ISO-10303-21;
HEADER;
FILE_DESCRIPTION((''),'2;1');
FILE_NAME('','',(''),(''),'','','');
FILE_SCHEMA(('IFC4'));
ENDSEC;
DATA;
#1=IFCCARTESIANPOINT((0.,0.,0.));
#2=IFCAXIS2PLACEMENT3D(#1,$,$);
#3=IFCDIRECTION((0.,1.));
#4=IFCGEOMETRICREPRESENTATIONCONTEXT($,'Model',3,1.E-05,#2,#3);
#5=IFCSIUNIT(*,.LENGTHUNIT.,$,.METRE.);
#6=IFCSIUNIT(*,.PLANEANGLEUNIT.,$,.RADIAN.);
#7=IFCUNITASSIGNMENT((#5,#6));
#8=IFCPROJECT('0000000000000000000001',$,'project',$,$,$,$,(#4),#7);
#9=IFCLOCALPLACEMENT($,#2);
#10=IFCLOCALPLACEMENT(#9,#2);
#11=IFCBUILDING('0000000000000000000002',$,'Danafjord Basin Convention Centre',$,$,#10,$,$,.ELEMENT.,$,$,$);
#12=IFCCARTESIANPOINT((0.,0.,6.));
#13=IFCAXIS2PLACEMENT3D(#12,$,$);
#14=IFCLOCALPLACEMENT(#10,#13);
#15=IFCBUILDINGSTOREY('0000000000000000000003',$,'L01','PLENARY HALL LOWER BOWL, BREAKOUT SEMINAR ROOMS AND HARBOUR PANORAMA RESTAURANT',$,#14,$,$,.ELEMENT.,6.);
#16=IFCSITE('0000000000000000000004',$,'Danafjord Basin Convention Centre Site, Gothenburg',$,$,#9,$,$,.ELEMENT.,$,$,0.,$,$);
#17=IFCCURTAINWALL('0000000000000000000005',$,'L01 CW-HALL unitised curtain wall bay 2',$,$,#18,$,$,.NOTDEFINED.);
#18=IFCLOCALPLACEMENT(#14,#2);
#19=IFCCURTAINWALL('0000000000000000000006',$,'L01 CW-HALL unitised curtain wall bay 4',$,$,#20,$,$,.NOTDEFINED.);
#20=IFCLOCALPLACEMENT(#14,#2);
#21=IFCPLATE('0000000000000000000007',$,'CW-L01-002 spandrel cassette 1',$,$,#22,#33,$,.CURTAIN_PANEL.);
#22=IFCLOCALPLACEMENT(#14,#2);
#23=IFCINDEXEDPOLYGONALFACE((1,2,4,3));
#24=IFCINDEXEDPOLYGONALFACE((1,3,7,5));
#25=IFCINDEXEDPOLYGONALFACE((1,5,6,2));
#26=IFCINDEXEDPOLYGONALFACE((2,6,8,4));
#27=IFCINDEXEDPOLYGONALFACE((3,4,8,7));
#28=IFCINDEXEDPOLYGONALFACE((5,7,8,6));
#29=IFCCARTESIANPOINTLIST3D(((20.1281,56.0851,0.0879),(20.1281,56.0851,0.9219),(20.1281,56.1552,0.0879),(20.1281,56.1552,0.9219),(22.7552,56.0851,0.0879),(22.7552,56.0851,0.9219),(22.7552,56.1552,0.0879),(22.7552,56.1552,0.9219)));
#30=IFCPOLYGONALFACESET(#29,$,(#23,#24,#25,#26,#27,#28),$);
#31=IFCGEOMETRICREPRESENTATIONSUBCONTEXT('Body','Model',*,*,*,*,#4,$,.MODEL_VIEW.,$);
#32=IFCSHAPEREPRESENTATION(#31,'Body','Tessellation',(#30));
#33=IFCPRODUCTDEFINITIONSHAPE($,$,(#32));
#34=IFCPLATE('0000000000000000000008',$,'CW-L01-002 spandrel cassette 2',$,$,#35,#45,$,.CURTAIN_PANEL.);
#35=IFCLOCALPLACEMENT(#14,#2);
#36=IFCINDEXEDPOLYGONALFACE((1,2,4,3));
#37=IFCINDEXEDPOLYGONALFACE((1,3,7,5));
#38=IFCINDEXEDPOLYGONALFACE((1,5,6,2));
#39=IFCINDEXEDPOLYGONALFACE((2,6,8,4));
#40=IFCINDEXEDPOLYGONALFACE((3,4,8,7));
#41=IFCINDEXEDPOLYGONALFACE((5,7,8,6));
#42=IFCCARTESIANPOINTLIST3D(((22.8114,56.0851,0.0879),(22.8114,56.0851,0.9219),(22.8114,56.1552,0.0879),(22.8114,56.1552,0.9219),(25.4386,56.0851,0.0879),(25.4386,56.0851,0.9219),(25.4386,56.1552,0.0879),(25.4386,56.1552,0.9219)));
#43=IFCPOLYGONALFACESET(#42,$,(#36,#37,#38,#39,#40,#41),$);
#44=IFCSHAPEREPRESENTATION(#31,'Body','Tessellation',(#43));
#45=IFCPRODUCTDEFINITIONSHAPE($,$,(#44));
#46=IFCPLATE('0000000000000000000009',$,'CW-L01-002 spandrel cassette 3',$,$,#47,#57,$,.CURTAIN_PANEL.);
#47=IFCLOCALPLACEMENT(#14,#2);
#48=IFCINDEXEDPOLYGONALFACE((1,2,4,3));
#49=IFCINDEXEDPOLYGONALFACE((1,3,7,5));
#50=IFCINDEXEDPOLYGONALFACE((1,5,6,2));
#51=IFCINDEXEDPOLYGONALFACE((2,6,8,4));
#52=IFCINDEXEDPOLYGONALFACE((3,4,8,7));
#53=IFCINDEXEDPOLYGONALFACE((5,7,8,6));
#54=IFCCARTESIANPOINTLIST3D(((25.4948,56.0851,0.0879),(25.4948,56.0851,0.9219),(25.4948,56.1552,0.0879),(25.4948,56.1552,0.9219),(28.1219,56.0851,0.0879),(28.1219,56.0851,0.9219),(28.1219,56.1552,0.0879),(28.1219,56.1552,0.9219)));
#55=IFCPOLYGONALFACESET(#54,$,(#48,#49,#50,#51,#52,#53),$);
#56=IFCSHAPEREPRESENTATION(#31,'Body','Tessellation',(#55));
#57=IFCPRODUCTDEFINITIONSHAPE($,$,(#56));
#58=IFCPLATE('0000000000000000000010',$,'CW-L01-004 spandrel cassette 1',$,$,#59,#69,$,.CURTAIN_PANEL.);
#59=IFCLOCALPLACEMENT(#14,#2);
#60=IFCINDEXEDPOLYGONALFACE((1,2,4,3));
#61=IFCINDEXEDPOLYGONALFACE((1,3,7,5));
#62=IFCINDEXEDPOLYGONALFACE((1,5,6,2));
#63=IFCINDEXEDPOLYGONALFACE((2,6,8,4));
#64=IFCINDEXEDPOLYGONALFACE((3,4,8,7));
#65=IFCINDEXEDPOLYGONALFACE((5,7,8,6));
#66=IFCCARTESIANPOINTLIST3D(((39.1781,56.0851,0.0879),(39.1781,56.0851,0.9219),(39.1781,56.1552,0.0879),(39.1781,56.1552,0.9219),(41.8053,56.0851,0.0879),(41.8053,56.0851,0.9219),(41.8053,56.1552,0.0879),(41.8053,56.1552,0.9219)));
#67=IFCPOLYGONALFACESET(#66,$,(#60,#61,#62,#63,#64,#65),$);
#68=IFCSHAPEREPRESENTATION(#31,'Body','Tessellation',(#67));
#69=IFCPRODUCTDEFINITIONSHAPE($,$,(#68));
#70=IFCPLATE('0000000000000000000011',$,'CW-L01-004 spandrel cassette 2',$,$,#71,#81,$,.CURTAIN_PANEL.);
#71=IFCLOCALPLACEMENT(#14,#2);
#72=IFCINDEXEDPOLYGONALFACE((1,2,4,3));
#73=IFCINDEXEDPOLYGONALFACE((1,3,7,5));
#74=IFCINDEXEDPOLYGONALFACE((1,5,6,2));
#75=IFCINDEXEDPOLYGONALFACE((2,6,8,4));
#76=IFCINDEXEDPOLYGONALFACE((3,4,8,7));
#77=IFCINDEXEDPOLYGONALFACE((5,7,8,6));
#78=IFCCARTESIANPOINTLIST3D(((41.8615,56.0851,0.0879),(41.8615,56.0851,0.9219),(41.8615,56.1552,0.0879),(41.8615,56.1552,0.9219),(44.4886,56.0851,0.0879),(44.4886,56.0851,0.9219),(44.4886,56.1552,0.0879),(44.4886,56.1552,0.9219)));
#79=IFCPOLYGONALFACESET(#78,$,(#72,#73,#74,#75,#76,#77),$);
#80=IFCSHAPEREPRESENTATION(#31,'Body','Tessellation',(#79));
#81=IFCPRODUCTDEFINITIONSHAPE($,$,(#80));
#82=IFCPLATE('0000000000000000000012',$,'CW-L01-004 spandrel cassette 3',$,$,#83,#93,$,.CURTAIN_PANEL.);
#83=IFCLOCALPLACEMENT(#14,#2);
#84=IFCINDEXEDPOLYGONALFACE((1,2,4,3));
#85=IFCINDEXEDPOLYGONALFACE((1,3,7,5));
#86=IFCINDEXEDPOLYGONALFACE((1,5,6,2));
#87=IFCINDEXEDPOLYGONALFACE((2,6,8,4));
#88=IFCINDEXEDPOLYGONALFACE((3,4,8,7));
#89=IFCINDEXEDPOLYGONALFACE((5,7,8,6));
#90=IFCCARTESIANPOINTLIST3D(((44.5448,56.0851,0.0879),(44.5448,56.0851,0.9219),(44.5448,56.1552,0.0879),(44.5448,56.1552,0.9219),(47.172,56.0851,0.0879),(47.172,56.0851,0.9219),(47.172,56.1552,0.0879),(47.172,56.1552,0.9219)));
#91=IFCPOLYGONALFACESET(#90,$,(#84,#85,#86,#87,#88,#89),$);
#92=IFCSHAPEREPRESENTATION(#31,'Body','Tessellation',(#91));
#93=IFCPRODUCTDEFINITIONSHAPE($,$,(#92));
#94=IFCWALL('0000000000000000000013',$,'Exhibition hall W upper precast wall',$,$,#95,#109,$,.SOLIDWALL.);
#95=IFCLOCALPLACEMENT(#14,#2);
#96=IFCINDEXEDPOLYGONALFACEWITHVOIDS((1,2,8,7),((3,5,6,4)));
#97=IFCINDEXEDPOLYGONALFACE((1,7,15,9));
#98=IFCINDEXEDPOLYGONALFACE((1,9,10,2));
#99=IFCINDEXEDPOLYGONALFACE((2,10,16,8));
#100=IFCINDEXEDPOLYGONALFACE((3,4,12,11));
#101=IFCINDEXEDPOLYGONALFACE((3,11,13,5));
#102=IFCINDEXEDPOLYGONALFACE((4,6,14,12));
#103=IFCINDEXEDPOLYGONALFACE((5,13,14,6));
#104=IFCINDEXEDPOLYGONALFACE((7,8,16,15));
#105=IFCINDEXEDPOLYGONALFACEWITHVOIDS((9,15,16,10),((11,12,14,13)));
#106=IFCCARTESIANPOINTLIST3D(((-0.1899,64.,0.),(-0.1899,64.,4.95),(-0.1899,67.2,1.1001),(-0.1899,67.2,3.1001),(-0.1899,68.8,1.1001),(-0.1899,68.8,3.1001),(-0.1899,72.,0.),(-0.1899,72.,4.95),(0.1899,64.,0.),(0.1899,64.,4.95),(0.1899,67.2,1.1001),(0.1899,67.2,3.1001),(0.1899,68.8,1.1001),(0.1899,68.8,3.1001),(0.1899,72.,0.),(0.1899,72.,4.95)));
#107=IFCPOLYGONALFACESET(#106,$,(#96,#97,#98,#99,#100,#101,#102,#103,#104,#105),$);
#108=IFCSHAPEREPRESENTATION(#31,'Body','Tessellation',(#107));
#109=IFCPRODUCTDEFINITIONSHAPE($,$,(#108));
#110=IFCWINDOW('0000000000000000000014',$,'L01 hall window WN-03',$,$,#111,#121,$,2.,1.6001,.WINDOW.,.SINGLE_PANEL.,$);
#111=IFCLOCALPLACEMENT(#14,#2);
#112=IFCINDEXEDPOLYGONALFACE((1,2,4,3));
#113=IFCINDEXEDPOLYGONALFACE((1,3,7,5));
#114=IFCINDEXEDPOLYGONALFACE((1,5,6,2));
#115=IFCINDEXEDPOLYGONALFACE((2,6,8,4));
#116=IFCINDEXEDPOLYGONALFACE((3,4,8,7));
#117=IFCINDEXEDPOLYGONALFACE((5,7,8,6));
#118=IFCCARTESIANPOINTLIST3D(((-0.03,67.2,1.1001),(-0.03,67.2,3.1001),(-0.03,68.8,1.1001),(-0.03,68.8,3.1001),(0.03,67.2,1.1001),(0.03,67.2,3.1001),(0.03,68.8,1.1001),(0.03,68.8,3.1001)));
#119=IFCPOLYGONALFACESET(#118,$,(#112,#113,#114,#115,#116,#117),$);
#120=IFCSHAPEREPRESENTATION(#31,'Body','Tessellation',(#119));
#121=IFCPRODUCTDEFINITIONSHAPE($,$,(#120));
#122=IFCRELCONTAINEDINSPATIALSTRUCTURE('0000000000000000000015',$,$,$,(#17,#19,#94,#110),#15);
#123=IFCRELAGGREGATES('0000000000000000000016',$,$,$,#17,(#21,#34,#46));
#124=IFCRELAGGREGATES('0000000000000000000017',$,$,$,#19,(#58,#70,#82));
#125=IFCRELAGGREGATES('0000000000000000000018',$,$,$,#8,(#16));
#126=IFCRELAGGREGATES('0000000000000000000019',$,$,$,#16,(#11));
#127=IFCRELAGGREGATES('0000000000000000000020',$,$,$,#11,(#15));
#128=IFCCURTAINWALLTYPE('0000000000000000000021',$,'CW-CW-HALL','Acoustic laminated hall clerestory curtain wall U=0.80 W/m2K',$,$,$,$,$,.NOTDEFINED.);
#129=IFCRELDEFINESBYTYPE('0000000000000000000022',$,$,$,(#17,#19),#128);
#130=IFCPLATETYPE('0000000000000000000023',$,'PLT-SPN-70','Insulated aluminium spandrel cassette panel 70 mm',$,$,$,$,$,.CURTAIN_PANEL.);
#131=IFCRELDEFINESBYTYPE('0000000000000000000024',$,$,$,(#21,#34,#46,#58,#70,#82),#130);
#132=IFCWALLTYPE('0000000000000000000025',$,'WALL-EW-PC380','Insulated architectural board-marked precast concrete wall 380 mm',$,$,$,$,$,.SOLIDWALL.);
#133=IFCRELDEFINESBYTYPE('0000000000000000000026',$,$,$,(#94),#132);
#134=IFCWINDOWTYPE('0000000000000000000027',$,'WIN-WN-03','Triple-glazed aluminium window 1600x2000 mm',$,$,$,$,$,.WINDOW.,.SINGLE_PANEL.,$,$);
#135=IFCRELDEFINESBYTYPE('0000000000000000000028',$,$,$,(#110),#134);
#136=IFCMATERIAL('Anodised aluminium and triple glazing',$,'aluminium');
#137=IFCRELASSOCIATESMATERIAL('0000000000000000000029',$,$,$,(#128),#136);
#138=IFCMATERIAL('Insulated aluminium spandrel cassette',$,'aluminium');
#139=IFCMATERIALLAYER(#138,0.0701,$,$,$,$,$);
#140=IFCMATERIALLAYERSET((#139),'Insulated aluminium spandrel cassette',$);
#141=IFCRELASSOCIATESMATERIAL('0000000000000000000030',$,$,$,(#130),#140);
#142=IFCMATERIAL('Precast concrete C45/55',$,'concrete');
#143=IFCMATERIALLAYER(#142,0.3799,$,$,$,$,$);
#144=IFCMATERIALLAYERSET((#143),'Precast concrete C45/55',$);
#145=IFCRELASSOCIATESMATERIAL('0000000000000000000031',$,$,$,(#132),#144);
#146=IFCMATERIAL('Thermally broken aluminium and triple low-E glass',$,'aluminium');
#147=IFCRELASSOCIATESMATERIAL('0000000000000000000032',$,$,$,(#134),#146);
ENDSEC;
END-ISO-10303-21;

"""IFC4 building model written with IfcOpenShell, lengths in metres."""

from ifc_helpers import new_model, si_unit, direction, frame, frame_2d, origin, origin_2d, place, context, subcontext, project, spatial, rectangle, extrude, material, layer, layer_set, type_object, element, fill, aggregate, save


model = new_model("IFC4")

# Units and contexts
model_context = context("Model", 3, precision=1e-05, world=origin(), true_north=direction((0.0, 1.0)))
body_context = subcontext(model_context, "Body", "Model", "MODEL_VIEW")
ifc_project = project(units=[si_unit("LENGTHUNIT", "METRE"), si_unit("PLANEANGLEUNIT", "RADIAN")], contexts=[model_context])

# Site, building, storey
site_placement = place(None, origin())
site = spatial("IfcSite", under=ifc_project, at=site_placement, Name="Danafjord Basin Convention Centre Site, Gothenburg", CompositionType="ELEMENT", RefElevation=0.0)
building_placement = place(site_placement, origin())
building = spatial("IfcBuilding", under=site, at=building_placement, Name="Danafjord Basin Convention Centre", CompositionType="ELEMENT")
storey_placement = place(building_placement, frame((0.0, 0.0, 6.0)))
storey = spatial("IfcBuildingStorey", under=building, at=storey_placement, Name="L01", Description="PLENARY HALL LOWER BOWL, BREAKOUT SEMINAR ROOMS AND HARBOUR PANORAMA RESTAURANT", CompositionType="ELEMENT", Elevation=6.0)

# Curtain walls
ifc_material_1 = material(Name="Anodised aluminium and triple glazing", Category="aluminium")
curtain_wall_type = type_object("IfcCurtainWallType", Name="CW-CW-HALL", Description="Acoustic laminated hall clerestory curtain wall U=0.80 W/m2K", PredefinedType="NOTDEFINED", material=ifc_material_1)
curtain_wall_1_placement = place(storey_placement, origin())
curtain_wall_1 = element("IfcCurtainWall", 1, at=curtain_wall_1_placement, inside=storey, type_object=curtain_wall_type, Name="L01 CW-HALL unitised curtain wall bay 2", PredefinedType="NOTDEFINED")
curtain_wall_2_placement = place(storey_placement, origin())
curtain_wall_2 = element("IfcCurtainWall", 2, at=curtain_wall_2_placement, inside=storey, type_object=curtain_wall_type, Name="L01 CW-HALL unitised curtain wall bay 4", PredefinedType="NOTDEFINED")

# Plates
ifc_material_2 = material(Name="Insulated aluminium spandrel cassette", Category="aluminium")
ifc_layer_1 = layer(ifc_material_2, 0.0701)
ifc_layer_set_1 = layer_set([ifc_layer_1], Name="Insulated aluminium spandrel cassette")
plate_type_1 = type_object("IfcPlateType", Name="PLT-SPN-70", Description="Insulated aluminium spandrel cassette panel 70 mm", PredefinedType="CURTAIN_PANEL", material=ifc_layer_set_1)
plate_1_placement = place(storey_placement, frame((21.4417, 56.1201, 0.0879), z_axis=(0.0, 0.0, 1.0), x_axis=(1.0, 0.0, 0.0)))
plate_1 = element("IfcPlate", 3, at=plate_1_placement, type_object=plate_type_1, Name="CW-L01-002 spandrel cassette 1", PredefinedType="CURTAIN_PANEL", context=body_context, shape_type="SweptSolid", body=[
    extrude(rectangle(XDim=2.6272, YDim=0.0701, at=origin_2d()), origin(), (0.0, 0.0, 1.0), 0.834),
])
plate_2_placement = place(storey_placement, frame((24.125, 56.1201, 0.0879), z_axis=(0.0, 0.0, 1.0), x_axis=(1.0, 0.0, 0.0)))
plate_2 = element("IfcPlate", 4, at=plate_2_placement, type_object=plate_type_1, Name="CW-L01-002 spandrel cassette 2", PredefinedType="CURTAIN_PANEL", context=body_context, shape_type="SweptSolid", body=[
    extrude(rectangle(XDim=2.6272, YDim=0.0701, at=origin_2d()), origin(), (0.0, 0.0, 1.0), 0.834),
])
plate_3_placement = place(storey_placement, frame((26.8083, 56.1201, 0.0879), z_axis=(0.0, 0.0, 1.0), x_axis=(1.0, 0.0, 0.0)))
plate_3 = element("IfcPlate", 5, at=plate_3_placement, type_object=plate_type_1, Name="CW-L01-002 spandrel cassette 3", PredefinedType="CURTAIN_PANEL", context=body_context, shape_type="SweptSolid", body=[
    extrude(rectangle(XDim=2.6272, YDim=0.0701, at=origin_2d()), origin(), (0.0, 0.0, 1.0), 0.834),
])
aggregate(curtain_wall_1, [plate_1, plate_2, plate_3])
plate_4_placement = place(storey_placement, frame((40.4917, 56.1201, 0.0879), z_axis=(0.0, 0.0, 1.0), x_axis=(1.0, 0.0, 0.0)))
plate_4 = element("IfcPlate", 6, at=plate_4_placement, type_object=plate_type_1, Name="CW-L01-004 spandrel cassette 1", PredefinedType="CURTAIN_PANEL", context=body_context, shape_type="SweptSolid", body=[
    extrude(rectangle(XDim=2.6272, YDim=0.0701, at=origin_2d()), origin(), (0.0, 0.0, 1.0), 0.834),
])
plate_5_placement = place(storey_placement, frame((43.175, 56.1201, 0.0879), z_axis=(0.0, 0.0, 1.0), x_axis=(1.0, 0.0, 0.0)))
plate_5 = element("IfcPlate", 7, at=plate_5_placement, type_object=plate_type_1, Name="CW-L01-004 spandrel cassette 2", PredefinedType="CURTAIN_PANEL", context=body_context, shape_type="SweptSolid", body=[
    extrude(rectangle(XDim=2.6272, YDim=0.0701, at=origin_2d()), origin(), (0.0, 0.0, 1.0), 0.834),
])
plate_6_placement = place(storey_placement, frame((45.8584, 56.1201, 0.0879), z_axis=(0.0, 0.0, 1.0), x_axis=(1.0, 0.0, 0.0)))
plate_6 = element("IfcPlate", 8, at=plate_6_placement, type_object=plate_type_1, Name="CW-L01-004 spandrel cassette 3", PredefinedType="CURTAIN_PANEL", context=body_context, shape_type="SweptSolid", body=[
    extrude(rectangle(XDim=2.6272, YDim=0.0701, at=origin_2d()), origin(), (0.0, 0.0, 1.0), 0.834),
])
aggregate(curtain_wall_2, [plate_4, plate_5, plate_6])

# Wall, opening, window
ifc_material_3 = material(Name="Precast concrete C45/55", Category="concrete")
ifc_layer_2 = layer(ifc_material_3, 0.3799)
ifc_layer_set_2 = layer_set([ifc_layer_2], Name="Precast concrete C45/55")
wall_type = type_object("IfcWallType", Name="WALL-EW-PC380", Description="Insulated architectural board-marked precast concrete wall 380 mm", PredefinedType="SOLIDWALL", material=ifc_layer_set_2)
wall_placement = place(storey_placement, frame((0.0, 64.0, 0.0), z_axis=(0.0, 0.0, 1.0), x_axis=(0.0, 1.0, 0.0)))
wall = element("IfcWall", 9, at=wall_placement, inside=storey, type_object=wall_type, Name="Exhibition hall W upper precast wall", PredefinedType="SOLIDWALL", context=body_context, shape_type="SweptSolid", body=[
    extrude(rectangle(XDim=8.0, YDim=0.3799, at=frame_2d((4.0, 0.0))), origin(), (0.0, 0.0, 1.0), 4.95),
])
opening_placement = place(wall_placement, frame((3.2, 0.0, 1.1001)))
opening = element("IfcOpeningElement", 10, at=opening_placement, cuts=wall, PredefinedType="OPENING", context=body_context, shape_type="SweptSolid", body=[
    extrude(rectangle(XDim=1.6001, YDim=2.0, at=frame_2d((0.8, 1.0))), frame((0.0, 0.2, 0.0), z_axis=(0.0, -1.0, 0.0), x_axis=(1.0, 0.0, 0.0)), (0.0, 0.0, 1.0), 0.3999),
])
ifc_material_4 = material(Name="Thermally broken aluminium and triple low-E glass", Category="aluminium")
window_type = type_object("IfcWindowType", Name="WIN-WN-03", Description="Triple-glazed aluminium window 1600x2000 mm", PartitioningType="SINGLE_PANEL", PredefinedType="WINDOW", material=ifc_material_4)
window_placement = place(opening_placement, origin())
window = element("IfcWindow", 11, at=window_placement, inside=storey, type_object=window_type, Name="L01 hall window WN-03", OverallHeight=2.0, OverallWidth=1.6001, PartitioningType="SINGLE_PANEL", PredefinedType="WINDOW", context=body_context, shape_type="SweptSolid", body=[
    extrude(rectangle(XDim=1.6001, YDim=2.0, at=frame_2d((0.8, 1.0))), frame((0.0, 0.03, 0.0), z_axis=(0.0, -1.0, 0.0), x_axis=(1.0, 0.0, 0.0)), (0.0, 0.0, 1.0), 0.0601),
])
fill(opening, window)

save(model, "model.ifc")
